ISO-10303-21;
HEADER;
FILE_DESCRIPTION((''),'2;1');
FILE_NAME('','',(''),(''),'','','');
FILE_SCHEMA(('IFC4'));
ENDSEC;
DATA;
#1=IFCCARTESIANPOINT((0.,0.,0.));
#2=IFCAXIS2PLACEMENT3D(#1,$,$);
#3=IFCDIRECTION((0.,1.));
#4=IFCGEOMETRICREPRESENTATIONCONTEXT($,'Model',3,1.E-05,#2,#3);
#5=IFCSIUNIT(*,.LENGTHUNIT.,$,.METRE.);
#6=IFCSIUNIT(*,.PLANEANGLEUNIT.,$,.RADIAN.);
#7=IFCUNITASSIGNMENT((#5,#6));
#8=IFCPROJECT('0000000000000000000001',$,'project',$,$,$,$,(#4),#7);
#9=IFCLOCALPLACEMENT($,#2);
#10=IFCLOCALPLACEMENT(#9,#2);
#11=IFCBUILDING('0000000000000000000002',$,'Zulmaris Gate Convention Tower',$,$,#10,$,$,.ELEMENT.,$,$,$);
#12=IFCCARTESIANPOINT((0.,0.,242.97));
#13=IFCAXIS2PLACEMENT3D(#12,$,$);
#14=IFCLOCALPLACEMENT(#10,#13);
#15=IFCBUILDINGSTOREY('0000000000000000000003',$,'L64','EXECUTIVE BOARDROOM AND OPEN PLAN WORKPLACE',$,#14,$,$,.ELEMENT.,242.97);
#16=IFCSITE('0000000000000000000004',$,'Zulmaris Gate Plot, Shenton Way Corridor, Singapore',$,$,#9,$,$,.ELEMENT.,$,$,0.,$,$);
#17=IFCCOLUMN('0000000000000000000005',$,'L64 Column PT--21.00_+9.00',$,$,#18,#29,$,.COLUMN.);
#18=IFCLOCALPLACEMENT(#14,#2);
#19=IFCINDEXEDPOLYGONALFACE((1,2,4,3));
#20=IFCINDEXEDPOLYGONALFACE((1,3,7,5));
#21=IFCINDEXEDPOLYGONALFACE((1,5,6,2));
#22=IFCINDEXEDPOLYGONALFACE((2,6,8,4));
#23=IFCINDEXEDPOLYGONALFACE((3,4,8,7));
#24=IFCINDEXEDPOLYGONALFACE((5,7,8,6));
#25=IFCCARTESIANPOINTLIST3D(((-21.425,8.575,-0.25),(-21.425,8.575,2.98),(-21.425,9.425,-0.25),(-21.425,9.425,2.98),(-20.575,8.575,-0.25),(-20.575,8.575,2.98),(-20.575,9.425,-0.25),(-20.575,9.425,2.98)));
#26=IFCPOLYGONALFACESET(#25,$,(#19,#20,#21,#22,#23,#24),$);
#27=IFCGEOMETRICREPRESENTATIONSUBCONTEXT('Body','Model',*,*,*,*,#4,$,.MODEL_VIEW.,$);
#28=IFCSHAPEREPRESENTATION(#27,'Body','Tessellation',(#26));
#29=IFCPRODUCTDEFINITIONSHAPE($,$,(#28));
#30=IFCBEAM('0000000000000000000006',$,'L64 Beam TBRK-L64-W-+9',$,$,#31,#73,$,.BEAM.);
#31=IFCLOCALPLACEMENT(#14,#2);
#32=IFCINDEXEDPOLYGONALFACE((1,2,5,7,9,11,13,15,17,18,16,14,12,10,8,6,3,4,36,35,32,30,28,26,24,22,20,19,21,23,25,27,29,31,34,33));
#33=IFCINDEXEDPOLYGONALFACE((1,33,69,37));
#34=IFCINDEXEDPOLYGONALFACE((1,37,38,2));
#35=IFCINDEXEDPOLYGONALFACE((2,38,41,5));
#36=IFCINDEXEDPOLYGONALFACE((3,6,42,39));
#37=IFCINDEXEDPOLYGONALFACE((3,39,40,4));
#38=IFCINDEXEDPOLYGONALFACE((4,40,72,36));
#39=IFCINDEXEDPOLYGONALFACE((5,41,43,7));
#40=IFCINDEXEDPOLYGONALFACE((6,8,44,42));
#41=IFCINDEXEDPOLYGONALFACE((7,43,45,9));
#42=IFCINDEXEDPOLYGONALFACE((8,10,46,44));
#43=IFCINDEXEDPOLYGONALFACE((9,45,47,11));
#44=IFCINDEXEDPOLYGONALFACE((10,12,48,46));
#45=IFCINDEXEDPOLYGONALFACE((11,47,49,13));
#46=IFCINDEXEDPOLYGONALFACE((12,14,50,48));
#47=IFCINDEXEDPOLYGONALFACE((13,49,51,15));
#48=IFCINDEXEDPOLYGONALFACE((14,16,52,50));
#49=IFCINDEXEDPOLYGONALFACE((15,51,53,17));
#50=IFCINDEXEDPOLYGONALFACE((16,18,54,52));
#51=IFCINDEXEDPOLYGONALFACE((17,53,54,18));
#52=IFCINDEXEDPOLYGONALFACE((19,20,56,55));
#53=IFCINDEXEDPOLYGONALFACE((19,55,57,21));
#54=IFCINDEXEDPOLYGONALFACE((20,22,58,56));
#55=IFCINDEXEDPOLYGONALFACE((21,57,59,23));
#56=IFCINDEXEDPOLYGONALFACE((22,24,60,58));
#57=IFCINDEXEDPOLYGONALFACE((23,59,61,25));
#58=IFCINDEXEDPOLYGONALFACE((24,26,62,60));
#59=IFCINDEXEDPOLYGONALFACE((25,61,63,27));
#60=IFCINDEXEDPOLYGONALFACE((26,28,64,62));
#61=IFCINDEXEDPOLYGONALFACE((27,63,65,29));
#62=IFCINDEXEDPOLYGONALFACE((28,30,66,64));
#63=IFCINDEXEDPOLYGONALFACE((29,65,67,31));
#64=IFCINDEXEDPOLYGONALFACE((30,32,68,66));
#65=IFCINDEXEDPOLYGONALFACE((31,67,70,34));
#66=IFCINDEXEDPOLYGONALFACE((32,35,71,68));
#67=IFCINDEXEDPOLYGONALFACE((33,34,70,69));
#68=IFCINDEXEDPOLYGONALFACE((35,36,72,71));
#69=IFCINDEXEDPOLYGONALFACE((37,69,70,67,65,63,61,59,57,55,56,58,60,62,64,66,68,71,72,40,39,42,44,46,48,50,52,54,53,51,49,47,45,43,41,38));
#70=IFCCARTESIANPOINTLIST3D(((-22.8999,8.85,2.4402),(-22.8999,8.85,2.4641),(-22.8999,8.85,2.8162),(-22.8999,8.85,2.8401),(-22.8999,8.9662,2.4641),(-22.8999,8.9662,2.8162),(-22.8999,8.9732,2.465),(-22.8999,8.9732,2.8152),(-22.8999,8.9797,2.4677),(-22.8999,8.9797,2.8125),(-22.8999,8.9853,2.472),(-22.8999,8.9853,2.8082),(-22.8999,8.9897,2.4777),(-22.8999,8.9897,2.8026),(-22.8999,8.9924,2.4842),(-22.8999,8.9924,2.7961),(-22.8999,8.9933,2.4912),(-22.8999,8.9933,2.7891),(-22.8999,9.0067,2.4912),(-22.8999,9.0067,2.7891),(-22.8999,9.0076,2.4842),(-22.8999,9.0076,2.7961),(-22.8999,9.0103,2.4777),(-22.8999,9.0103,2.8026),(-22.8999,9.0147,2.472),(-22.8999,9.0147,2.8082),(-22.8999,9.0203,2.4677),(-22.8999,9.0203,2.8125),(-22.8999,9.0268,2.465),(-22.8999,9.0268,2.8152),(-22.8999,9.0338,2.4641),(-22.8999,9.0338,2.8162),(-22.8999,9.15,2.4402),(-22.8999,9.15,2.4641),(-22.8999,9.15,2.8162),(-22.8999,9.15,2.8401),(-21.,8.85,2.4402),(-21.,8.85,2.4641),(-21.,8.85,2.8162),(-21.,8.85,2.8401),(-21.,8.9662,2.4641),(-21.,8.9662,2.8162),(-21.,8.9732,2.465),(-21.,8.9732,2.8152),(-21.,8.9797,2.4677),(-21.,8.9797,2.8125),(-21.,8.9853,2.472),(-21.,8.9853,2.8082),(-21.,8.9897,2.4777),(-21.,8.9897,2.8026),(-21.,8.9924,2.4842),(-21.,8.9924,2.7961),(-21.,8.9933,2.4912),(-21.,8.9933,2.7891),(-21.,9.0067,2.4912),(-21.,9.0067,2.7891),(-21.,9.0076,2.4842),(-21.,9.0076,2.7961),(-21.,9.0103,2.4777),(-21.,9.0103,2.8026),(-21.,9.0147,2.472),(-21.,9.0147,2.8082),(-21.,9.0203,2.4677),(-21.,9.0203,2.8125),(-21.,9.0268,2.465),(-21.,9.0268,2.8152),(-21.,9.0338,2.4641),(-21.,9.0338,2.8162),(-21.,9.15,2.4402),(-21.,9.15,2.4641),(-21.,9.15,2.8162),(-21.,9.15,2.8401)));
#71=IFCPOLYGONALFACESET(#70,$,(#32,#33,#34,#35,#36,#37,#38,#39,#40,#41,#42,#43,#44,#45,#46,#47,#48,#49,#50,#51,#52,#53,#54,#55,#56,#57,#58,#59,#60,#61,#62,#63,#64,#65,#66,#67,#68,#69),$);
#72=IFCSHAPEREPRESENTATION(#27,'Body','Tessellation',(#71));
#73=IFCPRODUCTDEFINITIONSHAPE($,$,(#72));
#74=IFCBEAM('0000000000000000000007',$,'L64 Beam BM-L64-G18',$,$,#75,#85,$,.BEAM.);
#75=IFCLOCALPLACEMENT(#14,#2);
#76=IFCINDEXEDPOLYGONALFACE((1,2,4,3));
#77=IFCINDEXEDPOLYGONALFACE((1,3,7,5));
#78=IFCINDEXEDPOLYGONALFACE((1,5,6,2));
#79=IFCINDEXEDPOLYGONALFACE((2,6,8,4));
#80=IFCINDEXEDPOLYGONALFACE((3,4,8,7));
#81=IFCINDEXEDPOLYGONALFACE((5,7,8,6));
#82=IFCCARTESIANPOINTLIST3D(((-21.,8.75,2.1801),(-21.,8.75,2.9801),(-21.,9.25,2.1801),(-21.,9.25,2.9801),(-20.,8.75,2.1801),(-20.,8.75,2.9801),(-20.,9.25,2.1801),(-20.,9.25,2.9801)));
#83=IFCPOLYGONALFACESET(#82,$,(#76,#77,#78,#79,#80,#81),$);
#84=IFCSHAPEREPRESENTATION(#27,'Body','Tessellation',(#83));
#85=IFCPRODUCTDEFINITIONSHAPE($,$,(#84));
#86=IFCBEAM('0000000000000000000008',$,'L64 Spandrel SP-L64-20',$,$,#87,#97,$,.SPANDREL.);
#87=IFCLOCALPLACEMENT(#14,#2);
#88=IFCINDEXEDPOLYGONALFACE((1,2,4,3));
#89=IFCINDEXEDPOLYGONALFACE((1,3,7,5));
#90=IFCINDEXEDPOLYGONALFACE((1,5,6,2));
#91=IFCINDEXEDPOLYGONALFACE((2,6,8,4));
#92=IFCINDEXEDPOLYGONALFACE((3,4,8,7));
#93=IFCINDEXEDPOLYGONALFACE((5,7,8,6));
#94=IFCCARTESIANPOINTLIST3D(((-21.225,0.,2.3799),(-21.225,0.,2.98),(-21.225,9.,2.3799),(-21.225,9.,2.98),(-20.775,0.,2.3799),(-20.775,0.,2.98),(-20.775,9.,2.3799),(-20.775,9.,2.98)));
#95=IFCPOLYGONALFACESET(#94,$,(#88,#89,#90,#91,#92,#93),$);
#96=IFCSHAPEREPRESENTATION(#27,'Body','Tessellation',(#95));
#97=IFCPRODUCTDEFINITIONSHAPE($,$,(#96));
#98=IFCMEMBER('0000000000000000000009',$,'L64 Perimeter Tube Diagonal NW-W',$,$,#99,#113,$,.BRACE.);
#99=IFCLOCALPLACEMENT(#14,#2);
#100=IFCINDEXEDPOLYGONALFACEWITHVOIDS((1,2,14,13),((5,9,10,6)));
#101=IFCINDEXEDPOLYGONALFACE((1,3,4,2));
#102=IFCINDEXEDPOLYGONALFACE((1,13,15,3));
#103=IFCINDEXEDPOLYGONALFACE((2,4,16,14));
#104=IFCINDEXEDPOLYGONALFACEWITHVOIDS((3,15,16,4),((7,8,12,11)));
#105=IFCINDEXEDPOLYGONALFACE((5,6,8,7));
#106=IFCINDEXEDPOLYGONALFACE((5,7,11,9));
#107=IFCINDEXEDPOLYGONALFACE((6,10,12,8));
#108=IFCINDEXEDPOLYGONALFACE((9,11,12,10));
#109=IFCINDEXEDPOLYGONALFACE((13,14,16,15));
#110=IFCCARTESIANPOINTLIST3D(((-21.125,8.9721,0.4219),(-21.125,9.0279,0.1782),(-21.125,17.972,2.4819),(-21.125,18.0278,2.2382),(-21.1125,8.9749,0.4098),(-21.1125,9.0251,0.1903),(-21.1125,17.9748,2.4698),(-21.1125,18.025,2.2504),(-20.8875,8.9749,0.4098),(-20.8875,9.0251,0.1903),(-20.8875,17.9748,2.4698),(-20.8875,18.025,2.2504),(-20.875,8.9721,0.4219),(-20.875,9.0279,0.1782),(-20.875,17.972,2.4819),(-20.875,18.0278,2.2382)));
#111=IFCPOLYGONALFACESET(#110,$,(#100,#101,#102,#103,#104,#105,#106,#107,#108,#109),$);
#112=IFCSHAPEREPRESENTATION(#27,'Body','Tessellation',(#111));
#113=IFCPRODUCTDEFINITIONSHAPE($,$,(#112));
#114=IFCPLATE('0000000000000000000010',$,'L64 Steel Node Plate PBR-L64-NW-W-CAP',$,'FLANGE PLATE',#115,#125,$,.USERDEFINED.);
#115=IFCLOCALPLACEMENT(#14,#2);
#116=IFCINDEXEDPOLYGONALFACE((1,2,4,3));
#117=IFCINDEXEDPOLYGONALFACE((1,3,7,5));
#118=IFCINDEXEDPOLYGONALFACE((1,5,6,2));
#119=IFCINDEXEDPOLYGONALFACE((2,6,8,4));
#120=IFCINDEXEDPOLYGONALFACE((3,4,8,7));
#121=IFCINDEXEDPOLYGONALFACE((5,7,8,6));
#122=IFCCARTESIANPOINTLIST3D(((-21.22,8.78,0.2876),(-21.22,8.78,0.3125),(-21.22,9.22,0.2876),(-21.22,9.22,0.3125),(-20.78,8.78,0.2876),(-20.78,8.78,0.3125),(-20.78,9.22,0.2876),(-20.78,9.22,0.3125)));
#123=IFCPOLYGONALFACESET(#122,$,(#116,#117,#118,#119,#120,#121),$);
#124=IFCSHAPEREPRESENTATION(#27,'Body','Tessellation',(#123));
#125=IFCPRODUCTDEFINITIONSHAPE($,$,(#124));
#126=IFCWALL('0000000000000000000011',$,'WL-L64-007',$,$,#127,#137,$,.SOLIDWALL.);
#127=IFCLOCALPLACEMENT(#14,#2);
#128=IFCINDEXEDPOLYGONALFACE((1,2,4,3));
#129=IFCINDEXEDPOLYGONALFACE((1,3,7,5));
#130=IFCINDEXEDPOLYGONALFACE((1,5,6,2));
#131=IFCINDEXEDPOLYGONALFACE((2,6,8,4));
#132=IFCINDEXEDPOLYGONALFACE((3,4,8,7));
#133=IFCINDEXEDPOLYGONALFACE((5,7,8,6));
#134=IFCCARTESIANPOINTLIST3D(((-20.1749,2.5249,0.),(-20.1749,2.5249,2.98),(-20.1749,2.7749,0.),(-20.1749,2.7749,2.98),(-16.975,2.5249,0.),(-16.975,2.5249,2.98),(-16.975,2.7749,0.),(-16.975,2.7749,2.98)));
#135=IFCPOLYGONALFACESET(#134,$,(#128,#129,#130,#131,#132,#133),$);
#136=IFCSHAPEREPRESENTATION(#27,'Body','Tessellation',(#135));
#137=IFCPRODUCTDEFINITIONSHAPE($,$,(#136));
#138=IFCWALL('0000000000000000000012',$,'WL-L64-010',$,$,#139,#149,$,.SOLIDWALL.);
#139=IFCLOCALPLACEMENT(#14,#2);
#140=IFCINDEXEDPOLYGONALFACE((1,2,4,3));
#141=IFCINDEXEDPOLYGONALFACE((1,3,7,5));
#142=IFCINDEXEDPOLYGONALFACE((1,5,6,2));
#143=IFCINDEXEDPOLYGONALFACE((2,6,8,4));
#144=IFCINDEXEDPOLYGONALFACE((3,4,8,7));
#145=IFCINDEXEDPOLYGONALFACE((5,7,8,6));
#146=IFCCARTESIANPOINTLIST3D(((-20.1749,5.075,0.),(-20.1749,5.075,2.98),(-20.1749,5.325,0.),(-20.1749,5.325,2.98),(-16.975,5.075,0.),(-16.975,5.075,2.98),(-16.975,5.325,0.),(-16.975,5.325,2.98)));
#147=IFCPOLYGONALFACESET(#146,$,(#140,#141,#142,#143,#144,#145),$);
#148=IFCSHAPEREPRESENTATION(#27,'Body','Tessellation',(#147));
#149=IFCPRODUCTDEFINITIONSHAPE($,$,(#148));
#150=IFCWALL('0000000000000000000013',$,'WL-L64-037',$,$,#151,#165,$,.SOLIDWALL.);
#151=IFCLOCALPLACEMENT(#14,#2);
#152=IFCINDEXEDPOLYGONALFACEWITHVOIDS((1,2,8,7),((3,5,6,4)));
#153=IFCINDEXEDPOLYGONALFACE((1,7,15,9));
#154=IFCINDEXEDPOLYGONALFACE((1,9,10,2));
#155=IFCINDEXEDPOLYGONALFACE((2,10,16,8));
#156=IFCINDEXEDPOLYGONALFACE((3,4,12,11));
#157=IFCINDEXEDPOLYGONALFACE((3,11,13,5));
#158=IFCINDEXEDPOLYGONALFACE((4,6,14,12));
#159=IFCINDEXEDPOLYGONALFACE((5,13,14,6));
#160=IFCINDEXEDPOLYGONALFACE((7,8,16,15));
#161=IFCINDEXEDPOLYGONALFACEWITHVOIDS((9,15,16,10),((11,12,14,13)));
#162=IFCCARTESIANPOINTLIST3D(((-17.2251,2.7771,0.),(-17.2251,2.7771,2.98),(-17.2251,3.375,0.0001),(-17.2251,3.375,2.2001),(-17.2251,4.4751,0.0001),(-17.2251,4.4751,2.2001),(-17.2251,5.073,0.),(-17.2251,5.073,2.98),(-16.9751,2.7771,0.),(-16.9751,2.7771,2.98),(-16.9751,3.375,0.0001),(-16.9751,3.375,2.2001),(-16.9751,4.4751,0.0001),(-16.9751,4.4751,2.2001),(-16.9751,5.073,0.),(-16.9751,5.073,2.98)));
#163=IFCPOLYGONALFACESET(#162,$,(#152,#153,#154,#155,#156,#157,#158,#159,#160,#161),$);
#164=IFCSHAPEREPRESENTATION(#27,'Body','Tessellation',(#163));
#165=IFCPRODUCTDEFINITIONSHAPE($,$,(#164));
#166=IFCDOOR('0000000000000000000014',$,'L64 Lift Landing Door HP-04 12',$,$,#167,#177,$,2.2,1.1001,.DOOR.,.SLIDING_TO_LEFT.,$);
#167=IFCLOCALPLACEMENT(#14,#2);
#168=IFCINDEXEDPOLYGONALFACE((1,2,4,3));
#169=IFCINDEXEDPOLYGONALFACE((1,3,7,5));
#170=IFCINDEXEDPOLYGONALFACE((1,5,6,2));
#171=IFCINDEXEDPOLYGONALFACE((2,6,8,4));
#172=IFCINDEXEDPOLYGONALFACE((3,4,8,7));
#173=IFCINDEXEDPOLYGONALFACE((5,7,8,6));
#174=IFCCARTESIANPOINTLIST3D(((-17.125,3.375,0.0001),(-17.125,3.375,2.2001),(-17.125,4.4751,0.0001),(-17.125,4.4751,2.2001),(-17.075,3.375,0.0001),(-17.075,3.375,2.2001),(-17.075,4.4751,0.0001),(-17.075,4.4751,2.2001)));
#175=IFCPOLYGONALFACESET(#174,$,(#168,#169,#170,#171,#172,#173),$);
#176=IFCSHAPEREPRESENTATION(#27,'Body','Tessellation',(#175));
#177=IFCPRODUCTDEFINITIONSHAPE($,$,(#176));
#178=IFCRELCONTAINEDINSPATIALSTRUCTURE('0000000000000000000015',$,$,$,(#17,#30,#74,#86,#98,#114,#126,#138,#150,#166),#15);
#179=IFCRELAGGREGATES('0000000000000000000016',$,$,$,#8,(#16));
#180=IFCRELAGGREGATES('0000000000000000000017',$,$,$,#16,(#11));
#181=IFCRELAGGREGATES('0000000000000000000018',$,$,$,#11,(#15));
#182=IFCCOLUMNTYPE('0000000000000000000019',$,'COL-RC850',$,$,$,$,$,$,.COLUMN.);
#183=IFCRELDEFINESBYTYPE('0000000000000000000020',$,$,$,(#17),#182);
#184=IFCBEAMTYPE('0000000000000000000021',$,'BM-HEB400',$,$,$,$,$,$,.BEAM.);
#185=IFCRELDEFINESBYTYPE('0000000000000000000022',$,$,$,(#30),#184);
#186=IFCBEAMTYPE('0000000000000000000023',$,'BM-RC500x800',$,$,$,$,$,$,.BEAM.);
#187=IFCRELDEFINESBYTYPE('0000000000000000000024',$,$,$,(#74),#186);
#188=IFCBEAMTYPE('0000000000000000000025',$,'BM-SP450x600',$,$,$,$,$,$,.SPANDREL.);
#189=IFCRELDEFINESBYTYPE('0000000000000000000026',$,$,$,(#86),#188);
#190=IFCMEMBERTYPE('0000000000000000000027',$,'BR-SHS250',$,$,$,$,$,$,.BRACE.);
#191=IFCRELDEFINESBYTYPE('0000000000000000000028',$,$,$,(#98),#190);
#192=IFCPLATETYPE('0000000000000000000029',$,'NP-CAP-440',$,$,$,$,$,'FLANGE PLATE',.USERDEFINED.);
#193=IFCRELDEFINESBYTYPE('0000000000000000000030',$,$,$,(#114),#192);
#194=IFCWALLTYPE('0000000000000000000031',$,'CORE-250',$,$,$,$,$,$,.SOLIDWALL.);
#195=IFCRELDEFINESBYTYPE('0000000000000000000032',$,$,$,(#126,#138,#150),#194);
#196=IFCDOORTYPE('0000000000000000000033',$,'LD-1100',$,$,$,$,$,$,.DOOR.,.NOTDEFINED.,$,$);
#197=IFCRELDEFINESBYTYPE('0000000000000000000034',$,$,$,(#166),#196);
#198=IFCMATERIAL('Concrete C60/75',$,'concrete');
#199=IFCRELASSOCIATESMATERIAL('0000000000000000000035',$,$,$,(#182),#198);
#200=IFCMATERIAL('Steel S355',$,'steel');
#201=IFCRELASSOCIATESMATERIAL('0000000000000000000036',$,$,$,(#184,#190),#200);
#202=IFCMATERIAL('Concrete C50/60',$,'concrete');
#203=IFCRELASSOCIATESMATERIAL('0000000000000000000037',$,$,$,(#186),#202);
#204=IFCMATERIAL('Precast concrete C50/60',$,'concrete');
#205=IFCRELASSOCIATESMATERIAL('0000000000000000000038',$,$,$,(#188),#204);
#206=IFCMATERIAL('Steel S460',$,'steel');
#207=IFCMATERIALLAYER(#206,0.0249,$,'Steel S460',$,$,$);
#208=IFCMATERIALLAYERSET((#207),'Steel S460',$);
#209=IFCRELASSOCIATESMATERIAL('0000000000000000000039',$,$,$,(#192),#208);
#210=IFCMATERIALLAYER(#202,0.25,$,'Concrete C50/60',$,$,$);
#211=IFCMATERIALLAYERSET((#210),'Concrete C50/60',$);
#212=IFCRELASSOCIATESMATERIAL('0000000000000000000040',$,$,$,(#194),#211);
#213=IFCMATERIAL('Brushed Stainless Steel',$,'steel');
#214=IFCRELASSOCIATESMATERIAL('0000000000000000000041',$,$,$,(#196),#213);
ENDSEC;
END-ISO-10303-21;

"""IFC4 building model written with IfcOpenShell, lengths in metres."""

from ifc_helpers import new_model, si_unit, direction, frame, frame_2d, origin, origin_2d, place, context, subcontext, project, spatial, rectangle, hollow_rectangle, i_section, extrude, material, layer, layer_set, material_profile, profile_set, type_object, element, fill, save


model = new_model("IFC4")

# Units and contexts
model_context = context("Model", 3, precision=1e-05, world=origin(), true_north=direction((0.0, 1.0)))
body_context = subcontext(model_context, "Body", "Model", "MODEL_VIEW")
ifc_project = project(units=[si_unit("LENGTHUNIT", "METRE"), si_unit("PLANEANGLEUNIT", "RADIAN")], contexts=[model_context])

# Site, building, storey
site_placement = place(None, origin())
site = spatial("IfcSite", under=ifc_project, at=site_placement, Name="Zulmaris Gate Plot, Shenton Way Corridor, Singapore", CompositionType="ELEMENT", RefElevation=0.0)
building_placement = place(site_placement, origin())
building = spatial("IfcBuilding", under=site, at=building_placement, Name="Zulmaris Gate Convention Tower", CompositionType="ELEMENT")
storey_placement = place(building_placement, frame((0.0, 0.0, 242.97)))
storey = spatial("IfcBuildingStorey", under=building, at=storey_placement, Name="L64", Description="EXECUTIVE BOARDROOM AND OPEN PLAN WORKPLACE", CompositionType="ELEMENT", Elevation=242.97)

# Column
ifc_material_1 = material(Name="Concrete C60/75", Category="concrete")
ifc_material_profile_1 = material_profile(ifc_material_1, rectangle(XDim=0.8501, YDim=0.8501, at=origin_2d()), Name="RC COL 850x850")
ifc_profile_set_1 = profile_set([ifc_material_profile_1], Name="Concrete C60/75")
column_type = type_object("IfcColumnType", Name="COL-RC850", PredefinedType="COLUMN", material=ifc_profile_set_1)
column_placement = place(storey_placement, frame((-21.0, 9.0, -0.25), z_axis=(0.0, 0.0, 1.0), x_axis=(1.0, 0.0, 0.0)))
element("IfcColumn", 1, at=column_placement, inside=storey, type_object=column_type, Name="L64 Column PT--21.00_+9.00", PredefinedType="COLUMN", context=body_context, shape_type="SweptSolid", body=[
    extrude(rectangle(XDim=0.8501, YDim=0.8501, at=origin_2d()), origin(), (0.0, 0.0, 1.0), 3.23),
])

# Beams
ifc_material_2 = material(Name="Steel S355", Category="steel")
ifc_material_profile_2 = material_profile(ifc_material_2, i_section(OverallWidth=0.3, OverallDepth=0.3999, WebThickness=0.0134, FlangeThickness=0.0239, FilletRadius=0.0271, at=origin_2d()), Name="HEB 400")
ifc_profile_set_2 = profile_set([ifc_material_profile_2], Name="Steel S355")
beam_type_1 = type_object("IfcBeamType", Name="BM-HEB400", PredefinedType="BEAM", material=ifc_profile_set_2)
beam_1_placement = place(storey_placement, frame((-22.8999, 9.0, 2.6401), z_axis=(1.0, 0.0, 0.0), x_axis=(0.0, 1.0, 0.0)))
element("IfcBeam", 2, at=beam_1_placement, inside=storey, type_object=beam_type_1, Name="L64 Beam TBRK-L64-W-+9", PredefinedType="BEAM", context=body_context, shape_type="SweptSolid", body=[
    extrude(i_section(OverallWidth=0.3, OverallDepth=0.3999, WebThickness=0.0134, FlangeThickness=0.0239, FilletRadius=0.0271, at=origin_2d()), origin(), (0.0, 0.0, 1.0), 1.8999),
])
ifc_material_3 = material(Name="Concrete C50/60", Category="concrete")
ifc_material_profile_3 = material_profile(ifc_material_3, rectangle(XDim=0.5, YDim=0.8, at=origin_2d()), Name="RC BEAM 500x800")
ifc_profile_set_3 = profile_set([ifc_material_profile_3], Name="Concrete C50/60")
beam_type_2 = type_object("IfcBeamType", Name="BM-RC500x800", PredefinedType="BEAM", material=ifc_profile_set_3)
beam_2_placement = place(storey_placement, frame((-21.0, 9.0, 2.5801), z_axis=(1.0, 0.0, 0.0), x_axis=(0.0, 1.0, 0.0)))
element("IfcBeam", 3, at=beam_2_placement, inside=storey, type_object=beam_type_2, Name="L64 Beam BM-L64-G18", PredefinedType="BEAM", context=body_context, shape_type="SweptSolid", body=[
    extrude(rectangle(XDim=0.5, YDim=0.8, at=origin_2d()), origin(), (0.0, 0.0, 1.0), 1.0),
])
ifc_material_4 = material(Name="Precast concrete C50/60", Category="concrete")
ifc_material_profile_4 = material_profile(ifc_material_4, rectangle(XDim=0.45, YDim=0.6001, at=origin_2d()), Name="RC SPANDREL 450x600")
ifc_profile_set_4 = profile_set([ifc_material_profile_4], Name="Precast concrete C50/60")
beam_type_3 = type_object("IfcBeamType", Name="BM-SP450x600", PredefinedType="SPANDREL", material=ifc_profile_set_4)
beam_3_placement = place(storey_placement, frame((-21.0, 9.0, 2.6799), z_axis=(0.0, -1.0, 0.0), x_axis=(1.0, 0.0, 0.0)))
element("IfcBeam", 4, at=beam_3_placement, inside=storey, type_object=beam_type_3, Name="L64 Spandrel SP-L64-20", PredefinedType="SPANDREL", context=body_context, shape_type="SweptSolid", body=[
    extrude(rectangle(XDim=0.45, YDim=0.6001, at=origin_2d()), origin(), (0.0, 0.0, 1.0), 9.0),
])

# Member
ifc_material_profile_5 = material_profile(ifc_material_2, hollow_rectangle(XDim=0.25, YDim=0.25, WallThickness=0.0125, at=origin_2d()), Name="SHS 250x250x12.5")
ifc_profile_set_5 = profile_set([ifc_material_profile_5], Name="Steel S355")
member_type = type_object("IfcMemberType", Name="BR-SHS250", PredefinedType="BRACE", material=ifc_profile_set_5)
member_placement = place(storey_placement, frame((-21.0, 9.0, 0.3), z_axis=(0.0, 0.97479, 0.223125), x_axis=(-1.0, 0.0, 0.0)))
element("IfcMember", 5, at=member_placement, inside=storey, type_object=member_type, Name="L64 Perimeter Tube Diagonal NW-W", PredefinedType="BRACE", context=body_context, shape_type="SweptSolid", body=[
    extrude(hollow_rectangle(XDim=0.25, YDim=0.25, WallThickness=0.0125, at=origin_2d()), origin(), (0.0, 0.0, 1.0), 9.2327),
])

# Plate
ifc_material_5 = material(Name="Steel S460", Category="steel")
ifc_layer_1 = layer(ifc_material_5, 0.0249, Name="Steel S460")
ifc_layer_set_1 = layer_set([ifc_layer_1], Name="Steel S460")
plate_type = type_object("IfcPlateType", Name="NP-CAP-440", ElementType="FLANGE PLATE", PredefinedType="USERDEFINED", material=ifc_layer_set_1)
plate_placement = place(storey_placement, frame((-21.0, 9.0, 0.2876), z_axis=(0.0, 0.0, 1.0), x_axis=(1.0, 0.0, 0.0)))
element("IfcPlate", 6, at=plate_placement, inside=storey, type_object=plate_type, Name="L64 Steel Node Plate PBR-L64-NW-W-CAP", ObjectType="FLANGE PLATE", PredefinedType="USERDEFINED", context=body_context, shape_type="SweptSolid", body=[
    extrude(rectangle(XDim=0.4399, YDim=0.4399, at=origin_2d()), origin(), (0.0, 0.0, 1.0), 0.0249),
])

# Walls
ifc_layer_2 = layer(ifc_material_3, 0.25, Name="Concrete C50/60")
ifc_layer_set_2 = layer_set([ifc_layer_2], Name="Concrete C50/60")
wall_type_1 = type_object("IfcWallType", Name="CORE-250", PredefinedType="SOLIDWALL", material=ifc_layer_set_2)
for number, where, z_axis, x_axis, name in (
    (7, (-20.175, 2.6499, 0.0), (0.0, 0.0, 1.0), (1.0, 0.0, 0.0), "WL-L64-007"),
    (8, (-20.175, 5.2, 0.0), (0.0, 0.0, 1.0), (1.0, 0.0, 0.0), "WL-L64-010"),
):
    element("IfcWall", number, at=place(storey_placement, frame(where, z_axis=z_axis, x_axis=x_axis)), inside=storey, type_object=wall_type_1, Name=name, PredefinedType="SOLIDWALL", context=body_context, shape_type="SweptSolid", body=[
        extrude(rectangle(XDim=3.2, YDim=0.25, at=frame_2d((1.6001, 0.0))), origin(), (0.0, 0.0, 1.0), 2.98),
    ])

# Wall, opening, door
wall_1_placement = place(storey_placement, frame((-17.1001, 2.7771, 0.0), z_axis=(0.0, 0.0, 1.0), x_axis=(0.0, 1.0, 0.0)))
wall_1 = element("IfcWall", 9, at=wall_1_placement, inside=storey, type_object=wall_type_1, Name="WL-L64-037", PredefinedType="SOLIDWALL", context=body_context, shape_type="SweptSolid", body=[
    extrude(rectangle(XDim=2.2959, YDim=0.25, at=frame_2d((1.1479, 0.0))), origin(), (0.0, 0.0, 1.0), 2.98),
])
opening_1_placement = place(wall_1_placement, frame((0.5979, 0.0, 0.0)))
opening_1 = element("IfcOpeningElement", 10, at=opening_1_placement, cuts=wall_1, PredefinedType="OPENING", context=body_context, shape_type="SweptSolid", body=[
    extrude(rectangle(XDim=1.1001, YDim=2.2, at=frame_2d((0.55, 1.1001))), frame((0.0, 0.135, 0.0), z_axis=(0.0, -1.0, 0.0), x_axis=(1.0, 0.0, 0.0)), (0.0, 0.0, 1.0), 0.27),
])
ifc_material_6 = material(Name="Brushed Stainless Steel", Category="steel")
door_type_1 = type_object("IfcDoorType", Name="LD-1100", OperationType="NOTDEFINED", PredefinedType="DOOR", material=ifc_material_6)
door_1_placement = place(opening_1_placement, origin())
door_1 = element("IfcDoor", 11, at=door_1_placement, inside=storey, type_object=door_type_1, Name="L64 Lift Landing Door HP-04 12", OperationType="SLIDING_TO_LEFT", OverallHeight=2.2, OverallWidth=1.1001, PredefinedType="DOOR", context=body_context, shape_type="SweptSolid", body=[
    extrude(rectangle(XDim=1.1001, YDim=2.2, at=frame_2d((0.55, 1.1001))), frame((0.0, 0.0249, 0.0), z_axis=(0.0, -1.0, 0.0), x_axis=(1.0, 0.0, 0.0)), (0.0, 0.0, 1.0), 0.05),
])
fill(opening_1, door_1)

save(model, "model.ifc")
